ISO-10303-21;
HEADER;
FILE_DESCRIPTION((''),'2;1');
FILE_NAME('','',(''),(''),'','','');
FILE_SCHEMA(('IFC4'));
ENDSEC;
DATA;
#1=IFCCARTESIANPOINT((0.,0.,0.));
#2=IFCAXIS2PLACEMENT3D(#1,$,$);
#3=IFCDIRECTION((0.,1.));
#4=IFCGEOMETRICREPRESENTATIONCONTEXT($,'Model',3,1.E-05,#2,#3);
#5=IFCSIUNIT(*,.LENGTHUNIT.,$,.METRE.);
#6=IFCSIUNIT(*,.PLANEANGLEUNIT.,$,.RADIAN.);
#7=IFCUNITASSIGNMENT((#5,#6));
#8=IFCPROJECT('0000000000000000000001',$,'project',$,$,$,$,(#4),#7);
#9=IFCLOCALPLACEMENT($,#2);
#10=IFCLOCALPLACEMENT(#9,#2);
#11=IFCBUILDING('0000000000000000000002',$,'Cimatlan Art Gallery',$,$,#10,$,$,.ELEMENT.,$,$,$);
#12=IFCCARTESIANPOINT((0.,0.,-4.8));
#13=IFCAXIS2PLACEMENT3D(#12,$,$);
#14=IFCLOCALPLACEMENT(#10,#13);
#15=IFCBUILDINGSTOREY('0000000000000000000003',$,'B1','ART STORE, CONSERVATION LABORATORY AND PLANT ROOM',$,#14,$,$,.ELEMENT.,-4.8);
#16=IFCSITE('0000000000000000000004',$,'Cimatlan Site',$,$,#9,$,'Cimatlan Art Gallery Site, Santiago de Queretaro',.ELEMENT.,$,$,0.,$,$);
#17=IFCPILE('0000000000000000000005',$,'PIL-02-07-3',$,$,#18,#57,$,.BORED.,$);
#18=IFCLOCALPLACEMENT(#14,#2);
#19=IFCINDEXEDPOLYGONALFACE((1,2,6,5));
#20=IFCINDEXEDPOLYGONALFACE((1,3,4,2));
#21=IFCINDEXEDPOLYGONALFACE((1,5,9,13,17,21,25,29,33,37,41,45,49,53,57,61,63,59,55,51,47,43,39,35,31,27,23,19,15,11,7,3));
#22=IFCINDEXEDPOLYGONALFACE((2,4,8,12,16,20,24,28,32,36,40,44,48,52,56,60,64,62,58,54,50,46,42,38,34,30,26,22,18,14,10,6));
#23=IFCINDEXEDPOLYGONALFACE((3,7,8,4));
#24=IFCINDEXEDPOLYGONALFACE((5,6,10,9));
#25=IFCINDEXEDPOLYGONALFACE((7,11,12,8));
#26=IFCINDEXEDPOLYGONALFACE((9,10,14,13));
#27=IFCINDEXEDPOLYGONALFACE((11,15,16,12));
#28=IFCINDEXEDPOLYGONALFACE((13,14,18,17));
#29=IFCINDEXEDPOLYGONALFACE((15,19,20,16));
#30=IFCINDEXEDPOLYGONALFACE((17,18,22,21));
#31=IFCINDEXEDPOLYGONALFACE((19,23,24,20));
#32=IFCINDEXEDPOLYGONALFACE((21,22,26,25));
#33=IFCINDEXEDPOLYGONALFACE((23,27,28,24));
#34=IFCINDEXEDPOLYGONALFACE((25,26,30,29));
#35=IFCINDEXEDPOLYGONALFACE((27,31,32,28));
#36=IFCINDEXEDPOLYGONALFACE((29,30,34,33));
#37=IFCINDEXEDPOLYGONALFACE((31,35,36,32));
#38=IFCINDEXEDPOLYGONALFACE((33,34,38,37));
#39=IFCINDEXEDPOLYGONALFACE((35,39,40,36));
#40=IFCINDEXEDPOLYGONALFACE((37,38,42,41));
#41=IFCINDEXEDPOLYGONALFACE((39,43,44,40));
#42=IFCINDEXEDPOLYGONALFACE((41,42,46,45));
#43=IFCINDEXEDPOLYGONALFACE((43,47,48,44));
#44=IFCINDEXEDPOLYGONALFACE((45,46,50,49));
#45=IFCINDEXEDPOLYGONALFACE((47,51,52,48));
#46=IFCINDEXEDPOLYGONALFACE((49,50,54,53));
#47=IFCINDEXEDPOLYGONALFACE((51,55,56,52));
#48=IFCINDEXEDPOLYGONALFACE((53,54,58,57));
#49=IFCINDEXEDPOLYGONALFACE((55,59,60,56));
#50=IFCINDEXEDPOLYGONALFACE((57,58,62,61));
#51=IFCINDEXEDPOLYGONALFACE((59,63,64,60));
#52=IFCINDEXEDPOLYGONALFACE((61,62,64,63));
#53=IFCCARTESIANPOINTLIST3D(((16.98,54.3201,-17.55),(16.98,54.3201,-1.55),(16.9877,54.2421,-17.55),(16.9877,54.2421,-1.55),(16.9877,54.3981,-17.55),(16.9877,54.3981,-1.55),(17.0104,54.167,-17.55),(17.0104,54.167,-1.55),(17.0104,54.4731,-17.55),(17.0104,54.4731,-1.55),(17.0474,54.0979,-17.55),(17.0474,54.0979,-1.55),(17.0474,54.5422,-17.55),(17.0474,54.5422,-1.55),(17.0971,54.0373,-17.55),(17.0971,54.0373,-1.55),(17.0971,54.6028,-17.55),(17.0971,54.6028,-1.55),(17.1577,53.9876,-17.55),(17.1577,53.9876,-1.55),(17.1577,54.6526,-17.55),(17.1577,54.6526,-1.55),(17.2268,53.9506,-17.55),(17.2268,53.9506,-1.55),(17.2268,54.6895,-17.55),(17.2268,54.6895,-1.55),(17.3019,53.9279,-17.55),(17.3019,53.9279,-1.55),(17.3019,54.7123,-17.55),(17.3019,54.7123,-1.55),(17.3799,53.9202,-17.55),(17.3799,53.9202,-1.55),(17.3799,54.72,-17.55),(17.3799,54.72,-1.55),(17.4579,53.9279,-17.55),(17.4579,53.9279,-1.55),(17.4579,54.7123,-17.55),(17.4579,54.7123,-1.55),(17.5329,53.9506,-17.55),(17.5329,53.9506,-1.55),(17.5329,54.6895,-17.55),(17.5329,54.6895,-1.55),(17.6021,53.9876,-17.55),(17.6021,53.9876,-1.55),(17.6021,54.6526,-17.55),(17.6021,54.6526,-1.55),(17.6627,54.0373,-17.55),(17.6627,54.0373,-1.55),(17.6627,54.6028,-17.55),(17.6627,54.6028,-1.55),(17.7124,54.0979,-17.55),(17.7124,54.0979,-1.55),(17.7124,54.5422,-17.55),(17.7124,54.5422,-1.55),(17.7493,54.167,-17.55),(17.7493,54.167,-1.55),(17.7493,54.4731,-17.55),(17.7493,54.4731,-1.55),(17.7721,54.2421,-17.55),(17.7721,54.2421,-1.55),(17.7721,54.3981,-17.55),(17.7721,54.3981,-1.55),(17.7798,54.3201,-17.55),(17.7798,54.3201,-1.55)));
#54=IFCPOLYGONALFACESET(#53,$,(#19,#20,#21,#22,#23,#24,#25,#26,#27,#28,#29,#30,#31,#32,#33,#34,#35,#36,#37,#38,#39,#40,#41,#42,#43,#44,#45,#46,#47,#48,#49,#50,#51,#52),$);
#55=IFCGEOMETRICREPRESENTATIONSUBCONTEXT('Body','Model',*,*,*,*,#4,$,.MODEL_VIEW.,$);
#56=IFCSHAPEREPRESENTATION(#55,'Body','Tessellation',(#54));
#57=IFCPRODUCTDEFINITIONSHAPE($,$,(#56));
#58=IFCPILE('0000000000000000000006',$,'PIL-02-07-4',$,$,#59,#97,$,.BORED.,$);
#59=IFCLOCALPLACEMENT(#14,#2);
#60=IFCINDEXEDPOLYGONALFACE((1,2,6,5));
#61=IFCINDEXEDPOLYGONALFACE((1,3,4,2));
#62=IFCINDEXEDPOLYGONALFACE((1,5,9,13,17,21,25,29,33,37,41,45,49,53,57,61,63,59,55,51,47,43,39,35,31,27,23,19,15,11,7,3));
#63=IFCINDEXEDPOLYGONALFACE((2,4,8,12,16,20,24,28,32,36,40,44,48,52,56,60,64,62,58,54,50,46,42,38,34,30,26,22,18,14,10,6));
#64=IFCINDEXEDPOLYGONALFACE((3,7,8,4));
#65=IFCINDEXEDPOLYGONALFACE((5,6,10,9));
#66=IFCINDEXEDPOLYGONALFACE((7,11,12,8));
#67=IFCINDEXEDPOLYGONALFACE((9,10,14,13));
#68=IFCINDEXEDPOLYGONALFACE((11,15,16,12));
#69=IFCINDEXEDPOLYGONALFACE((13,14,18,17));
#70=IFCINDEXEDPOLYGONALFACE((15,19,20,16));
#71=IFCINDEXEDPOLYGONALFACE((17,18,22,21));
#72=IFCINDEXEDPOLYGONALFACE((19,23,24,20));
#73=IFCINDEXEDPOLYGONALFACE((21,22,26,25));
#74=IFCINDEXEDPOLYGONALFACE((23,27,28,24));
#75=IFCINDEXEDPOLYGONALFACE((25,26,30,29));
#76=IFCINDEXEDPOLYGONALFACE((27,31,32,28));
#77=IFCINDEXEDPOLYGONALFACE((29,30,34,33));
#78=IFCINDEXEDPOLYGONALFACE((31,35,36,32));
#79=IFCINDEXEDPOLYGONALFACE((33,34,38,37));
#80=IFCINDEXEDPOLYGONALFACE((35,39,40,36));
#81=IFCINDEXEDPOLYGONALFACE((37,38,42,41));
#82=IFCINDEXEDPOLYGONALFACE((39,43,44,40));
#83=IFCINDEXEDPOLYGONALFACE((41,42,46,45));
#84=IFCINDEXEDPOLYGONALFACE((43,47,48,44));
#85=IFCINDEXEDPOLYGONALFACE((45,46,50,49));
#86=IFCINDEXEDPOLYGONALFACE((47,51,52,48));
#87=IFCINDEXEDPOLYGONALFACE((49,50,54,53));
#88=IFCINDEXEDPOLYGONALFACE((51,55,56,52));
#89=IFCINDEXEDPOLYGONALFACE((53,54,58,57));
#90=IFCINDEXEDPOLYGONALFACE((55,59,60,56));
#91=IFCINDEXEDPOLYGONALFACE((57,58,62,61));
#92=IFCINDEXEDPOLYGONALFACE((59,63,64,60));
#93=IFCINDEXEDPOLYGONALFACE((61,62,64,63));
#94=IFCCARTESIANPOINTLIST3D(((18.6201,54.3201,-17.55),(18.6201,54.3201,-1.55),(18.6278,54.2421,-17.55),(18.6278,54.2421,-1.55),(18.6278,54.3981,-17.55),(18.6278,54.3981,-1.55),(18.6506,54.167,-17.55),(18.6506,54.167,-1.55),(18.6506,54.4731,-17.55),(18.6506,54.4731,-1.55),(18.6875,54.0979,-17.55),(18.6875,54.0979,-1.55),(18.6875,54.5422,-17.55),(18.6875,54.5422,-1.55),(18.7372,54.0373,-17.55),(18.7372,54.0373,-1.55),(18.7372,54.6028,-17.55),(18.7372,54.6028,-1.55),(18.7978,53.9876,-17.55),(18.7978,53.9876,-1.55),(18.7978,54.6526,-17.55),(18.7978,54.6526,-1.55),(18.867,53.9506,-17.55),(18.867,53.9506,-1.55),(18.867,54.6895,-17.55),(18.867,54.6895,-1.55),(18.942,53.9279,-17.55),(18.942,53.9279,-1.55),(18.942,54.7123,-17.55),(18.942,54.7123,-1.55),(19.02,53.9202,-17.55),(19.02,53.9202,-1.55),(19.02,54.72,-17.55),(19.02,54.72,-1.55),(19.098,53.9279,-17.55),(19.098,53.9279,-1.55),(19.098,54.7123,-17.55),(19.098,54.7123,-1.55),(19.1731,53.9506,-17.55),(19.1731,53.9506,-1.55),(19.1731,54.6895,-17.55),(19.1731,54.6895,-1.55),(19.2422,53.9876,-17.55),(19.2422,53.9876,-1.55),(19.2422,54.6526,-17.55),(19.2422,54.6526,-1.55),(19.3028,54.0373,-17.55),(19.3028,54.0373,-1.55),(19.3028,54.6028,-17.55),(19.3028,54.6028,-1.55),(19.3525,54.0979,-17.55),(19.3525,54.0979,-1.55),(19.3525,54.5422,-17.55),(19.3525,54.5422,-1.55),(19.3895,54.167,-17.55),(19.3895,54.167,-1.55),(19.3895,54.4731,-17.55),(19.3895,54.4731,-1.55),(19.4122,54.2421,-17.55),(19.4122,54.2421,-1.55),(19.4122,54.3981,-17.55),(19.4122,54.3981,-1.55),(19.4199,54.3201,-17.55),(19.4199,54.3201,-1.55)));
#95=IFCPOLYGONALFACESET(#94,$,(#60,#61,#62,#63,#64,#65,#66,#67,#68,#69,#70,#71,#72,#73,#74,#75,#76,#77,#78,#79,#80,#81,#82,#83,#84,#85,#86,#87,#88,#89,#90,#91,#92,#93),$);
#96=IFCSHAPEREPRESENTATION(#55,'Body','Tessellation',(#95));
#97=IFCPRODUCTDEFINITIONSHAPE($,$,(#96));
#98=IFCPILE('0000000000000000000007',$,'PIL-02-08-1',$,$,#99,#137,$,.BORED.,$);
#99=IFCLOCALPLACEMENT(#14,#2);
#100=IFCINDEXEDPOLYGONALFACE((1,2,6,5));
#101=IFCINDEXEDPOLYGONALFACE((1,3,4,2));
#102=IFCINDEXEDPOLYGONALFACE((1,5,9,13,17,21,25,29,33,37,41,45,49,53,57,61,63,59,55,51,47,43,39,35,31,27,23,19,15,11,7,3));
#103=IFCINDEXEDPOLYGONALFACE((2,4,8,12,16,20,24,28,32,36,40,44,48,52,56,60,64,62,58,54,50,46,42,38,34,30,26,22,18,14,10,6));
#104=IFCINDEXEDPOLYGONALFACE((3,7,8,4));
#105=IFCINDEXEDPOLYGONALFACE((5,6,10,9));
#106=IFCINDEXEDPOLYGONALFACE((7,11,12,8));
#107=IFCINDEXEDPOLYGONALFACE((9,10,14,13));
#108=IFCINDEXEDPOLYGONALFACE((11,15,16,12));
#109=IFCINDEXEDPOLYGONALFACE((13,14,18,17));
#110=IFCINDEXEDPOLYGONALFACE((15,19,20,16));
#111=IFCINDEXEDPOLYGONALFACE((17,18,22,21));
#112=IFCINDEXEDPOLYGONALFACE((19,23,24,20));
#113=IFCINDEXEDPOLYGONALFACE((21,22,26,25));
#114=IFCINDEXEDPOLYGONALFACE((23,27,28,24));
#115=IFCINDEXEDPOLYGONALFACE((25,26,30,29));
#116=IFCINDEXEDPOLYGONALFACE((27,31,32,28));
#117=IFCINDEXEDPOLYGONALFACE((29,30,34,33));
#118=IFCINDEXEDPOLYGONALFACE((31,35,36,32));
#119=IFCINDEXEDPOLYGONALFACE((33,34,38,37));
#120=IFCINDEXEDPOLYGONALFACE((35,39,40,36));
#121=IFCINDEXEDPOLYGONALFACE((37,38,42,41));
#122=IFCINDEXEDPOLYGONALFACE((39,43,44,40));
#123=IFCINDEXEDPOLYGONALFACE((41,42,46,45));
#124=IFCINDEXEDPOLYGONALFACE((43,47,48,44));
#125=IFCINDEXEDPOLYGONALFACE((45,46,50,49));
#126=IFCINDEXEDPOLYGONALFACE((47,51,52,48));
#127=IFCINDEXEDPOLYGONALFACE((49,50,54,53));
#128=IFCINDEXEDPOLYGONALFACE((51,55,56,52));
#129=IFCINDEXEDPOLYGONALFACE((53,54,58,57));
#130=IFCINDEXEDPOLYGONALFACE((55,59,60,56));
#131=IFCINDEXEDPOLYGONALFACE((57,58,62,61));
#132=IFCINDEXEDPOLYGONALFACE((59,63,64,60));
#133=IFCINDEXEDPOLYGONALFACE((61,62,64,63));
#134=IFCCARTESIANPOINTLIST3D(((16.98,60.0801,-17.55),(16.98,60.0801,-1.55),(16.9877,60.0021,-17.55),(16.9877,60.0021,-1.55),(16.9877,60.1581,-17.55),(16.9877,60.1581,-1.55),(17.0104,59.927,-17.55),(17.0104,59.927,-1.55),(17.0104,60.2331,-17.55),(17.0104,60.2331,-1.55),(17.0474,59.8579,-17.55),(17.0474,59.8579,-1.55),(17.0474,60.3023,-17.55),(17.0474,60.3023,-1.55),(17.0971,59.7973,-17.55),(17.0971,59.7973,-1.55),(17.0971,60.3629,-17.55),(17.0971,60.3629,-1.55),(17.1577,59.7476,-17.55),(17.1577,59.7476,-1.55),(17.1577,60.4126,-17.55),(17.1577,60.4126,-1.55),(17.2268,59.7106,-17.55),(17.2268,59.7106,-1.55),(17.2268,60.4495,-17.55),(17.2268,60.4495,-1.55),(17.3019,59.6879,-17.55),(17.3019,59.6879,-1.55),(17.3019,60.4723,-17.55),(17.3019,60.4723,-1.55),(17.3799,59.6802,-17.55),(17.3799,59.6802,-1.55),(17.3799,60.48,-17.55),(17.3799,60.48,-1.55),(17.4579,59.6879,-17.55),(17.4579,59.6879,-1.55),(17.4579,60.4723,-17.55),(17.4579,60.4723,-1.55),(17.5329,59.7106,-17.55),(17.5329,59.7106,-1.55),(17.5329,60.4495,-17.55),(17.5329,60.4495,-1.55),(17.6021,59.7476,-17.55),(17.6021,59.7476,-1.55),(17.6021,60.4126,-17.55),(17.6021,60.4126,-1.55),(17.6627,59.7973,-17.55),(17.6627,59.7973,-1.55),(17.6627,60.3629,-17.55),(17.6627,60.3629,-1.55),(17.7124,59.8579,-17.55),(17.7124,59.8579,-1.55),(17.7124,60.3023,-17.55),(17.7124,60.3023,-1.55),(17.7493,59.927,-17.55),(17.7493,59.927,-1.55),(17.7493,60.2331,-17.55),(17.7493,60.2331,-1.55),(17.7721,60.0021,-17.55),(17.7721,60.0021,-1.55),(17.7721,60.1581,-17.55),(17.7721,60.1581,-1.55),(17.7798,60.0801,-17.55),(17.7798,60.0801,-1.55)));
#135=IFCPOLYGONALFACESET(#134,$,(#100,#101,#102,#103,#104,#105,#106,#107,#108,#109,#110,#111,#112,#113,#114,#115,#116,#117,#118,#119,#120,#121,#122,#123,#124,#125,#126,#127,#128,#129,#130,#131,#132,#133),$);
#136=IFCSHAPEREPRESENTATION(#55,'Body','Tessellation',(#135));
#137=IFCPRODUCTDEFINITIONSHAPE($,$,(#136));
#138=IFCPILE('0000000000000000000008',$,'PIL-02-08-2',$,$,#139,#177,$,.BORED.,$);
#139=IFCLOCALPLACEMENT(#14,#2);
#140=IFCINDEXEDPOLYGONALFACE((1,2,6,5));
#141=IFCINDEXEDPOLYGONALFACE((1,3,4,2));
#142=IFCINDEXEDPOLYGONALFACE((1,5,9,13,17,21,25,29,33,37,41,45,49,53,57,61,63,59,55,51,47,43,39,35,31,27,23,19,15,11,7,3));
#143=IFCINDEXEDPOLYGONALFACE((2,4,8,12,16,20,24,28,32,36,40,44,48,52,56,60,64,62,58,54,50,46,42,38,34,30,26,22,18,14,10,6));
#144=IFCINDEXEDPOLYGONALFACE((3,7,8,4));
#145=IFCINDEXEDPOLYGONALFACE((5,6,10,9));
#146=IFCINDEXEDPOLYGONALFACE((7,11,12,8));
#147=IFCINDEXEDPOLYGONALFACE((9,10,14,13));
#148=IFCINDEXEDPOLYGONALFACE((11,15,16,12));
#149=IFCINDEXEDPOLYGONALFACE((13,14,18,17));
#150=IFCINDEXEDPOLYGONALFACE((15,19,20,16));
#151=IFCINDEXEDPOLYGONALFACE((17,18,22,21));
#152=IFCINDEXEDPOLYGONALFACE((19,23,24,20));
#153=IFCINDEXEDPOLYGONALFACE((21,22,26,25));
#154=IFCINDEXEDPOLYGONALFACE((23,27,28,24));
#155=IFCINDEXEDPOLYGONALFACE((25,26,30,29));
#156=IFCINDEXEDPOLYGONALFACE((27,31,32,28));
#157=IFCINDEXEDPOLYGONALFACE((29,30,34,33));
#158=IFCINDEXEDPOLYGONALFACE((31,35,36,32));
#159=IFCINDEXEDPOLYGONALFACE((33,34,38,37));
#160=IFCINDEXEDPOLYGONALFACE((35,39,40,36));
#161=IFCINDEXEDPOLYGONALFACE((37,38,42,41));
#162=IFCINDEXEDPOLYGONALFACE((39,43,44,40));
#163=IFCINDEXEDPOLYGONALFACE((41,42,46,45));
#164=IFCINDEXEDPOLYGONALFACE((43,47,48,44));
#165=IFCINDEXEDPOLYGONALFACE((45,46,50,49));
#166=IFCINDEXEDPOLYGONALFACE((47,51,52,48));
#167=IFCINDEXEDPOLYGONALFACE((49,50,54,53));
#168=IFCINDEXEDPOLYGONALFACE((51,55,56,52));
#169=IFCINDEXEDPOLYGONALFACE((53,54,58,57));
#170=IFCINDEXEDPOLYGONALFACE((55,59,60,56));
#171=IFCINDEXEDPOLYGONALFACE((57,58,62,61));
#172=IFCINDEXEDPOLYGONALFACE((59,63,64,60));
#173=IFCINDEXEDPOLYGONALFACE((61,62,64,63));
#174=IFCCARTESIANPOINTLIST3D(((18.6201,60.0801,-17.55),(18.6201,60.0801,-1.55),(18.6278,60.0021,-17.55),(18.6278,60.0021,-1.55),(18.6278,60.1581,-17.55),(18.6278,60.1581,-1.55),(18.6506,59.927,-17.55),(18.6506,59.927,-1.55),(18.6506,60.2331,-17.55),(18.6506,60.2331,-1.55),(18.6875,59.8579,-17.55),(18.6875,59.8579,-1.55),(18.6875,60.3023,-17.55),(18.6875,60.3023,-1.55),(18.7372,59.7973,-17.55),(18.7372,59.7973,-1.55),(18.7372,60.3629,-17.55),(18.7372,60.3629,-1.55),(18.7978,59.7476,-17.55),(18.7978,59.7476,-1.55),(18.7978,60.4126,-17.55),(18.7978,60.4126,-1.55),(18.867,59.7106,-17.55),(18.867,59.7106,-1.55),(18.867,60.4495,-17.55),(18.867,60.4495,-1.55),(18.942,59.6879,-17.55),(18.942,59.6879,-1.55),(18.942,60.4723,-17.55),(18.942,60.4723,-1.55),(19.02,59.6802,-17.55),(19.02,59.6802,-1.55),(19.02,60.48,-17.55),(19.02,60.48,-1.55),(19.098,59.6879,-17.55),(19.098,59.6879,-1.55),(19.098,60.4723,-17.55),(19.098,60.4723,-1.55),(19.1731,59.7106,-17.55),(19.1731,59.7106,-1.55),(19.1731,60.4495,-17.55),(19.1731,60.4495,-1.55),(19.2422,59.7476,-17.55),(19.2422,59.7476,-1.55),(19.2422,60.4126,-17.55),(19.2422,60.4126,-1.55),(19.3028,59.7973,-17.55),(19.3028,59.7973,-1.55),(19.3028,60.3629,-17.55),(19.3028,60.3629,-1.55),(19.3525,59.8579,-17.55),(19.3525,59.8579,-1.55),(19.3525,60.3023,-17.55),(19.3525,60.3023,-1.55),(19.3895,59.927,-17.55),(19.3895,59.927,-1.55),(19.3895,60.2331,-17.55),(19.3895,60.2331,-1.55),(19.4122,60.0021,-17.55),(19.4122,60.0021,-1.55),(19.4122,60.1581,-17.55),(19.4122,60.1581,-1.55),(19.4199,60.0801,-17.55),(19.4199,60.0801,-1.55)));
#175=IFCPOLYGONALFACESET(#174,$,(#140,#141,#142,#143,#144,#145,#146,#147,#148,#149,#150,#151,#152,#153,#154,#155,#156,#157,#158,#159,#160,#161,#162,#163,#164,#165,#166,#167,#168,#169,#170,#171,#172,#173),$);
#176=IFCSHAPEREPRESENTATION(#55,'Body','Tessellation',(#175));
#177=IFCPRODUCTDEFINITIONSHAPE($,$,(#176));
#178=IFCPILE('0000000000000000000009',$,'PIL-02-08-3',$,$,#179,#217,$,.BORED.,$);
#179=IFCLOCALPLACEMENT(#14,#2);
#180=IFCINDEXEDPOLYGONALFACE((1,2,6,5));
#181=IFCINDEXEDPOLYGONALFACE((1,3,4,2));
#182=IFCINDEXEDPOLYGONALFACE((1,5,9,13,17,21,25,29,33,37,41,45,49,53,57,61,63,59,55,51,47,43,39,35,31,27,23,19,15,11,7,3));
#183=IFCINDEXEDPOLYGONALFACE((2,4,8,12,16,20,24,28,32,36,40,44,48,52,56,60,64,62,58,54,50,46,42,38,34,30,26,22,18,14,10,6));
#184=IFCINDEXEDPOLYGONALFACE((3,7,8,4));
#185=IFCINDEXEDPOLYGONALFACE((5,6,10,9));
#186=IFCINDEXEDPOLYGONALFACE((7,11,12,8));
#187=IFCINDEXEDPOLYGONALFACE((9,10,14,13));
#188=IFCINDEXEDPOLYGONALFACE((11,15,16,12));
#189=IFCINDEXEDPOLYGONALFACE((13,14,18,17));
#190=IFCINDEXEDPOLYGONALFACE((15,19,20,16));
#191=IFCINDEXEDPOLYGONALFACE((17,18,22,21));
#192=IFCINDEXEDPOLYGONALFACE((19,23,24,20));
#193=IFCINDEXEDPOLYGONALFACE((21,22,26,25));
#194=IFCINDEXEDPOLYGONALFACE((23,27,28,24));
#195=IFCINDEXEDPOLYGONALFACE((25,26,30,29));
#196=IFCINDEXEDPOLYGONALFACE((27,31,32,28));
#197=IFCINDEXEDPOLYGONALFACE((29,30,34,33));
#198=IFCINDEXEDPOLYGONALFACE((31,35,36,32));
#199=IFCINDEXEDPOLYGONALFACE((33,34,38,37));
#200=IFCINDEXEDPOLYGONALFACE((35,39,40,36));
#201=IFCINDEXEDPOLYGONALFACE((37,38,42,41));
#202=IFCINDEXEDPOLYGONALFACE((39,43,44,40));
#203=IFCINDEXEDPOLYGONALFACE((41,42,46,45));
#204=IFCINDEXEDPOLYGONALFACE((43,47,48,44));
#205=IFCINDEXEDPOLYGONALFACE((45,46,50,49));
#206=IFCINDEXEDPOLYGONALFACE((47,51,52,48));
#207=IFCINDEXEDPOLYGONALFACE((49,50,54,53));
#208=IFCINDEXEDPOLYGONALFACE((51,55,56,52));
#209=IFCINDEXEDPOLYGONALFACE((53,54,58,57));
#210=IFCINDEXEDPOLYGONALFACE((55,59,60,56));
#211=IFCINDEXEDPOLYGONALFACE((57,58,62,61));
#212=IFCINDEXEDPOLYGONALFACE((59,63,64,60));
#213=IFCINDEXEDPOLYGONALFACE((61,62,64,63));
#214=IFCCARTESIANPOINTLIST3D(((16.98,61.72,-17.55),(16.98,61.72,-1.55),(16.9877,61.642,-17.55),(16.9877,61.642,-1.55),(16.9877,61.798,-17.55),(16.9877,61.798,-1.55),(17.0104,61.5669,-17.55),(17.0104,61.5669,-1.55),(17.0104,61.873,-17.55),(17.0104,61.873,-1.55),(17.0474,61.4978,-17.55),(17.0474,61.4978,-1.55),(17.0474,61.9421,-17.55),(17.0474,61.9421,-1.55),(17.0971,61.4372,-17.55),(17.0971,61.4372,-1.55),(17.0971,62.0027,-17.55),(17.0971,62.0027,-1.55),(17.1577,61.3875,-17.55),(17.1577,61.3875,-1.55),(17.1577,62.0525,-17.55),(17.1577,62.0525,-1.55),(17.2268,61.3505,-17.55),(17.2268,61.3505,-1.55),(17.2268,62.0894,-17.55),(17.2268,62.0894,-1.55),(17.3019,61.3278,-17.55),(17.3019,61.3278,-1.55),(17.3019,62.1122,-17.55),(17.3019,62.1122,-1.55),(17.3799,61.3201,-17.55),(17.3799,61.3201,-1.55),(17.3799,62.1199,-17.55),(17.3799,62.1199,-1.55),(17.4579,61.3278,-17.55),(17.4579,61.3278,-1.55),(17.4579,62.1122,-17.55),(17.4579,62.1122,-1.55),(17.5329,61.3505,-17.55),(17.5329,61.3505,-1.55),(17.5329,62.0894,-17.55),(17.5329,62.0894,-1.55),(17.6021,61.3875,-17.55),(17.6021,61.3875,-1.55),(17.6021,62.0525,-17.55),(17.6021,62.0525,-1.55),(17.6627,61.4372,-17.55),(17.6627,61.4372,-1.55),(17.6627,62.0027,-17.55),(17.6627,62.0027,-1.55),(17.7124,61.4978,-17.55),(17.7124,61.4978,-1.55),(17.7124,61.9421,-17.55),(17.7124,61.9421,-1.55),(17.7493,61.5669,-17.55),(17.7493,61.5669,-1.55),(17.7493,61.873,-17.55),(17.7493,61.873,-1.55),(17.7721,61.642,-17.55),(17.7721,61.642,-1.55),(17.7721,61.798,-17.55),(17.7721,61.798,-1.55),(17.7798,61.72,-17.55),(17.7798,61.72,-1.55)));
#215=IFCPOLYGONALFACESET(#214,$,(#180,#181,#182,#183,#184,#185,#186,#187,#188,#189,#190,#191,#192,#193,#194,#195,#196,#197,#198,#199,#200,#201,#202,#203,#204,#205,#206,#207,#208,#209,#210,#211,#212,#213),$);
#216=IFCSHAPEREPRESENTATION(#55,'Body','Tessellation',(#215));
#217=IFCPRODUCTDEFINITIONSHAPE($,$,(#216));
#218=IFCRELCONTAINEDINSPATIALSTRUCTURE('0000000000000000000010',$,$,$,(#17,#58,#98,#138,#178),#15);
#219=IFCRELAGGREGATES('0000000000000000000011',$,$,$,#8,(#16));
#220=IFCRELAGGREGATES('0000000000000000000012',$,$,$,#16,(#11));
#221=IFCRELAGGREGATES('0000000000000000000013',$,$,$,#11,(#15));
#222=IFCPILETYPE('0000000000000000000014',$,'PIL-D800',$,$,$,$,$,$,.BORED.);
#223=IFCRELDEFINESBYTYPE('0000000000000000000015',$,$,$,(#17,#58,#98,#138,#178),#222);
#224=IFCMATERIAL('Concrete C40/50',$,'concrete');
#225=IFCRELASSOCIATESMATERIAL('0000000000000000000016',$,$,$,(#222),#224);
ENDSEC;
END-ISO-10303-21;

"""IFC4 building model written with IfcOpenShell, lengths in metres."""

from ifc_helpers import new_model, si_unit, direction, frame, origin, origin_2d, place, context, subcontext, project, spatial, circle, extrude, material, type_object, element, save


model = new_model("IFC4")

# Units and contexts
model_context = context("Model", 3, precision=1e-05, world=origin(), true_north=direction((0.0, 1.0)))
body_context = subcontext(model_context, "Body", "Model", "MODEL_VIEW")
ifc_project = project(units=[si_unit("LENGTHUNIT", "METRE"), si_unit("PLANEANGLEUNIT", "RADIAN")], contexts=[model_context])

# Site, building, storey
site_placement = place(None, origin())
site = spatial("IfcSite", under=ifc_project, at=site_placement, Name="Cimatlan Site", LongName="Cimatlan Art Gallery Site, Santiago de Queretaro", CompositionType="ELEMENT", RefElevation=0.0)
building_placement = place(site_placement, origin())
building = spatial("IfcBuilding", under=site, at=building_placement, Name="Cimatlan Art Gallery", CompositionType="ELEMENT")
storey_placement = place(building_placement, frame((0.0, 0.0, -4.8)))
storey = spatial("IfcBuildingStorey", under=building, at=storey_placement, Name="B1", Description="ART STORE, CONSERVATION LABORATORY AND PLANT ROOM", CompositionType="ELEMENT", Elevation=-4.8)

# Shared definitions
ifc_material_1 = material(Name="Concrete C40/50", Category="concrete")

# Piles
pile_type = type_object("IfcPileType", Name="PIL-D800", PredefinedType="BORED", material=ifc_material_1)
for number, where, z_axis, x_axis, name in (
    (1, (17.3799, 54.3201, -1.55), (0.0, 0.0, -1.0), (1.0, 0.0, 0.0), "PIL-02-07-3"),
    (2, (19.02, 54.3201, -1.55), (0.0, 0.0, -1.0), (1.0, 0.0, 0.0), "PIL-02-07-4"),
    (3, (17.3799, 60.0801, -1.55), (0.0, 0.0, -1.0), (1.0, 0.0, 0.0), "PIL-02-08-1"),
    (4, (19.02, 60.0801, -1.55), (0.0, 0.0, -1.0), (1.0, 0.0, 0.0), "PIL-02-08-2"),
    (5, (17.3799, 61.72, -1.55), (0.0, 0.0, -1.0), (1.0, 0.0, 0.0), "PIL-02-08-3"),
):
    element("IfcPile", number, at=place(storey_placement, frame(where, z_axis=z_axis, x_axis=x_axis)), inside=storey, type_object=pile_type, Name=name, PredefinedType="BORED", context=body_context, shape_type="SweptSolid", body=[
        extrude(circle(Radius=0.3999, at=origin_2d()), origin(), (0.0, 0.0, 1.0), 16.0),
    ])

save(model, "model.ifc")
